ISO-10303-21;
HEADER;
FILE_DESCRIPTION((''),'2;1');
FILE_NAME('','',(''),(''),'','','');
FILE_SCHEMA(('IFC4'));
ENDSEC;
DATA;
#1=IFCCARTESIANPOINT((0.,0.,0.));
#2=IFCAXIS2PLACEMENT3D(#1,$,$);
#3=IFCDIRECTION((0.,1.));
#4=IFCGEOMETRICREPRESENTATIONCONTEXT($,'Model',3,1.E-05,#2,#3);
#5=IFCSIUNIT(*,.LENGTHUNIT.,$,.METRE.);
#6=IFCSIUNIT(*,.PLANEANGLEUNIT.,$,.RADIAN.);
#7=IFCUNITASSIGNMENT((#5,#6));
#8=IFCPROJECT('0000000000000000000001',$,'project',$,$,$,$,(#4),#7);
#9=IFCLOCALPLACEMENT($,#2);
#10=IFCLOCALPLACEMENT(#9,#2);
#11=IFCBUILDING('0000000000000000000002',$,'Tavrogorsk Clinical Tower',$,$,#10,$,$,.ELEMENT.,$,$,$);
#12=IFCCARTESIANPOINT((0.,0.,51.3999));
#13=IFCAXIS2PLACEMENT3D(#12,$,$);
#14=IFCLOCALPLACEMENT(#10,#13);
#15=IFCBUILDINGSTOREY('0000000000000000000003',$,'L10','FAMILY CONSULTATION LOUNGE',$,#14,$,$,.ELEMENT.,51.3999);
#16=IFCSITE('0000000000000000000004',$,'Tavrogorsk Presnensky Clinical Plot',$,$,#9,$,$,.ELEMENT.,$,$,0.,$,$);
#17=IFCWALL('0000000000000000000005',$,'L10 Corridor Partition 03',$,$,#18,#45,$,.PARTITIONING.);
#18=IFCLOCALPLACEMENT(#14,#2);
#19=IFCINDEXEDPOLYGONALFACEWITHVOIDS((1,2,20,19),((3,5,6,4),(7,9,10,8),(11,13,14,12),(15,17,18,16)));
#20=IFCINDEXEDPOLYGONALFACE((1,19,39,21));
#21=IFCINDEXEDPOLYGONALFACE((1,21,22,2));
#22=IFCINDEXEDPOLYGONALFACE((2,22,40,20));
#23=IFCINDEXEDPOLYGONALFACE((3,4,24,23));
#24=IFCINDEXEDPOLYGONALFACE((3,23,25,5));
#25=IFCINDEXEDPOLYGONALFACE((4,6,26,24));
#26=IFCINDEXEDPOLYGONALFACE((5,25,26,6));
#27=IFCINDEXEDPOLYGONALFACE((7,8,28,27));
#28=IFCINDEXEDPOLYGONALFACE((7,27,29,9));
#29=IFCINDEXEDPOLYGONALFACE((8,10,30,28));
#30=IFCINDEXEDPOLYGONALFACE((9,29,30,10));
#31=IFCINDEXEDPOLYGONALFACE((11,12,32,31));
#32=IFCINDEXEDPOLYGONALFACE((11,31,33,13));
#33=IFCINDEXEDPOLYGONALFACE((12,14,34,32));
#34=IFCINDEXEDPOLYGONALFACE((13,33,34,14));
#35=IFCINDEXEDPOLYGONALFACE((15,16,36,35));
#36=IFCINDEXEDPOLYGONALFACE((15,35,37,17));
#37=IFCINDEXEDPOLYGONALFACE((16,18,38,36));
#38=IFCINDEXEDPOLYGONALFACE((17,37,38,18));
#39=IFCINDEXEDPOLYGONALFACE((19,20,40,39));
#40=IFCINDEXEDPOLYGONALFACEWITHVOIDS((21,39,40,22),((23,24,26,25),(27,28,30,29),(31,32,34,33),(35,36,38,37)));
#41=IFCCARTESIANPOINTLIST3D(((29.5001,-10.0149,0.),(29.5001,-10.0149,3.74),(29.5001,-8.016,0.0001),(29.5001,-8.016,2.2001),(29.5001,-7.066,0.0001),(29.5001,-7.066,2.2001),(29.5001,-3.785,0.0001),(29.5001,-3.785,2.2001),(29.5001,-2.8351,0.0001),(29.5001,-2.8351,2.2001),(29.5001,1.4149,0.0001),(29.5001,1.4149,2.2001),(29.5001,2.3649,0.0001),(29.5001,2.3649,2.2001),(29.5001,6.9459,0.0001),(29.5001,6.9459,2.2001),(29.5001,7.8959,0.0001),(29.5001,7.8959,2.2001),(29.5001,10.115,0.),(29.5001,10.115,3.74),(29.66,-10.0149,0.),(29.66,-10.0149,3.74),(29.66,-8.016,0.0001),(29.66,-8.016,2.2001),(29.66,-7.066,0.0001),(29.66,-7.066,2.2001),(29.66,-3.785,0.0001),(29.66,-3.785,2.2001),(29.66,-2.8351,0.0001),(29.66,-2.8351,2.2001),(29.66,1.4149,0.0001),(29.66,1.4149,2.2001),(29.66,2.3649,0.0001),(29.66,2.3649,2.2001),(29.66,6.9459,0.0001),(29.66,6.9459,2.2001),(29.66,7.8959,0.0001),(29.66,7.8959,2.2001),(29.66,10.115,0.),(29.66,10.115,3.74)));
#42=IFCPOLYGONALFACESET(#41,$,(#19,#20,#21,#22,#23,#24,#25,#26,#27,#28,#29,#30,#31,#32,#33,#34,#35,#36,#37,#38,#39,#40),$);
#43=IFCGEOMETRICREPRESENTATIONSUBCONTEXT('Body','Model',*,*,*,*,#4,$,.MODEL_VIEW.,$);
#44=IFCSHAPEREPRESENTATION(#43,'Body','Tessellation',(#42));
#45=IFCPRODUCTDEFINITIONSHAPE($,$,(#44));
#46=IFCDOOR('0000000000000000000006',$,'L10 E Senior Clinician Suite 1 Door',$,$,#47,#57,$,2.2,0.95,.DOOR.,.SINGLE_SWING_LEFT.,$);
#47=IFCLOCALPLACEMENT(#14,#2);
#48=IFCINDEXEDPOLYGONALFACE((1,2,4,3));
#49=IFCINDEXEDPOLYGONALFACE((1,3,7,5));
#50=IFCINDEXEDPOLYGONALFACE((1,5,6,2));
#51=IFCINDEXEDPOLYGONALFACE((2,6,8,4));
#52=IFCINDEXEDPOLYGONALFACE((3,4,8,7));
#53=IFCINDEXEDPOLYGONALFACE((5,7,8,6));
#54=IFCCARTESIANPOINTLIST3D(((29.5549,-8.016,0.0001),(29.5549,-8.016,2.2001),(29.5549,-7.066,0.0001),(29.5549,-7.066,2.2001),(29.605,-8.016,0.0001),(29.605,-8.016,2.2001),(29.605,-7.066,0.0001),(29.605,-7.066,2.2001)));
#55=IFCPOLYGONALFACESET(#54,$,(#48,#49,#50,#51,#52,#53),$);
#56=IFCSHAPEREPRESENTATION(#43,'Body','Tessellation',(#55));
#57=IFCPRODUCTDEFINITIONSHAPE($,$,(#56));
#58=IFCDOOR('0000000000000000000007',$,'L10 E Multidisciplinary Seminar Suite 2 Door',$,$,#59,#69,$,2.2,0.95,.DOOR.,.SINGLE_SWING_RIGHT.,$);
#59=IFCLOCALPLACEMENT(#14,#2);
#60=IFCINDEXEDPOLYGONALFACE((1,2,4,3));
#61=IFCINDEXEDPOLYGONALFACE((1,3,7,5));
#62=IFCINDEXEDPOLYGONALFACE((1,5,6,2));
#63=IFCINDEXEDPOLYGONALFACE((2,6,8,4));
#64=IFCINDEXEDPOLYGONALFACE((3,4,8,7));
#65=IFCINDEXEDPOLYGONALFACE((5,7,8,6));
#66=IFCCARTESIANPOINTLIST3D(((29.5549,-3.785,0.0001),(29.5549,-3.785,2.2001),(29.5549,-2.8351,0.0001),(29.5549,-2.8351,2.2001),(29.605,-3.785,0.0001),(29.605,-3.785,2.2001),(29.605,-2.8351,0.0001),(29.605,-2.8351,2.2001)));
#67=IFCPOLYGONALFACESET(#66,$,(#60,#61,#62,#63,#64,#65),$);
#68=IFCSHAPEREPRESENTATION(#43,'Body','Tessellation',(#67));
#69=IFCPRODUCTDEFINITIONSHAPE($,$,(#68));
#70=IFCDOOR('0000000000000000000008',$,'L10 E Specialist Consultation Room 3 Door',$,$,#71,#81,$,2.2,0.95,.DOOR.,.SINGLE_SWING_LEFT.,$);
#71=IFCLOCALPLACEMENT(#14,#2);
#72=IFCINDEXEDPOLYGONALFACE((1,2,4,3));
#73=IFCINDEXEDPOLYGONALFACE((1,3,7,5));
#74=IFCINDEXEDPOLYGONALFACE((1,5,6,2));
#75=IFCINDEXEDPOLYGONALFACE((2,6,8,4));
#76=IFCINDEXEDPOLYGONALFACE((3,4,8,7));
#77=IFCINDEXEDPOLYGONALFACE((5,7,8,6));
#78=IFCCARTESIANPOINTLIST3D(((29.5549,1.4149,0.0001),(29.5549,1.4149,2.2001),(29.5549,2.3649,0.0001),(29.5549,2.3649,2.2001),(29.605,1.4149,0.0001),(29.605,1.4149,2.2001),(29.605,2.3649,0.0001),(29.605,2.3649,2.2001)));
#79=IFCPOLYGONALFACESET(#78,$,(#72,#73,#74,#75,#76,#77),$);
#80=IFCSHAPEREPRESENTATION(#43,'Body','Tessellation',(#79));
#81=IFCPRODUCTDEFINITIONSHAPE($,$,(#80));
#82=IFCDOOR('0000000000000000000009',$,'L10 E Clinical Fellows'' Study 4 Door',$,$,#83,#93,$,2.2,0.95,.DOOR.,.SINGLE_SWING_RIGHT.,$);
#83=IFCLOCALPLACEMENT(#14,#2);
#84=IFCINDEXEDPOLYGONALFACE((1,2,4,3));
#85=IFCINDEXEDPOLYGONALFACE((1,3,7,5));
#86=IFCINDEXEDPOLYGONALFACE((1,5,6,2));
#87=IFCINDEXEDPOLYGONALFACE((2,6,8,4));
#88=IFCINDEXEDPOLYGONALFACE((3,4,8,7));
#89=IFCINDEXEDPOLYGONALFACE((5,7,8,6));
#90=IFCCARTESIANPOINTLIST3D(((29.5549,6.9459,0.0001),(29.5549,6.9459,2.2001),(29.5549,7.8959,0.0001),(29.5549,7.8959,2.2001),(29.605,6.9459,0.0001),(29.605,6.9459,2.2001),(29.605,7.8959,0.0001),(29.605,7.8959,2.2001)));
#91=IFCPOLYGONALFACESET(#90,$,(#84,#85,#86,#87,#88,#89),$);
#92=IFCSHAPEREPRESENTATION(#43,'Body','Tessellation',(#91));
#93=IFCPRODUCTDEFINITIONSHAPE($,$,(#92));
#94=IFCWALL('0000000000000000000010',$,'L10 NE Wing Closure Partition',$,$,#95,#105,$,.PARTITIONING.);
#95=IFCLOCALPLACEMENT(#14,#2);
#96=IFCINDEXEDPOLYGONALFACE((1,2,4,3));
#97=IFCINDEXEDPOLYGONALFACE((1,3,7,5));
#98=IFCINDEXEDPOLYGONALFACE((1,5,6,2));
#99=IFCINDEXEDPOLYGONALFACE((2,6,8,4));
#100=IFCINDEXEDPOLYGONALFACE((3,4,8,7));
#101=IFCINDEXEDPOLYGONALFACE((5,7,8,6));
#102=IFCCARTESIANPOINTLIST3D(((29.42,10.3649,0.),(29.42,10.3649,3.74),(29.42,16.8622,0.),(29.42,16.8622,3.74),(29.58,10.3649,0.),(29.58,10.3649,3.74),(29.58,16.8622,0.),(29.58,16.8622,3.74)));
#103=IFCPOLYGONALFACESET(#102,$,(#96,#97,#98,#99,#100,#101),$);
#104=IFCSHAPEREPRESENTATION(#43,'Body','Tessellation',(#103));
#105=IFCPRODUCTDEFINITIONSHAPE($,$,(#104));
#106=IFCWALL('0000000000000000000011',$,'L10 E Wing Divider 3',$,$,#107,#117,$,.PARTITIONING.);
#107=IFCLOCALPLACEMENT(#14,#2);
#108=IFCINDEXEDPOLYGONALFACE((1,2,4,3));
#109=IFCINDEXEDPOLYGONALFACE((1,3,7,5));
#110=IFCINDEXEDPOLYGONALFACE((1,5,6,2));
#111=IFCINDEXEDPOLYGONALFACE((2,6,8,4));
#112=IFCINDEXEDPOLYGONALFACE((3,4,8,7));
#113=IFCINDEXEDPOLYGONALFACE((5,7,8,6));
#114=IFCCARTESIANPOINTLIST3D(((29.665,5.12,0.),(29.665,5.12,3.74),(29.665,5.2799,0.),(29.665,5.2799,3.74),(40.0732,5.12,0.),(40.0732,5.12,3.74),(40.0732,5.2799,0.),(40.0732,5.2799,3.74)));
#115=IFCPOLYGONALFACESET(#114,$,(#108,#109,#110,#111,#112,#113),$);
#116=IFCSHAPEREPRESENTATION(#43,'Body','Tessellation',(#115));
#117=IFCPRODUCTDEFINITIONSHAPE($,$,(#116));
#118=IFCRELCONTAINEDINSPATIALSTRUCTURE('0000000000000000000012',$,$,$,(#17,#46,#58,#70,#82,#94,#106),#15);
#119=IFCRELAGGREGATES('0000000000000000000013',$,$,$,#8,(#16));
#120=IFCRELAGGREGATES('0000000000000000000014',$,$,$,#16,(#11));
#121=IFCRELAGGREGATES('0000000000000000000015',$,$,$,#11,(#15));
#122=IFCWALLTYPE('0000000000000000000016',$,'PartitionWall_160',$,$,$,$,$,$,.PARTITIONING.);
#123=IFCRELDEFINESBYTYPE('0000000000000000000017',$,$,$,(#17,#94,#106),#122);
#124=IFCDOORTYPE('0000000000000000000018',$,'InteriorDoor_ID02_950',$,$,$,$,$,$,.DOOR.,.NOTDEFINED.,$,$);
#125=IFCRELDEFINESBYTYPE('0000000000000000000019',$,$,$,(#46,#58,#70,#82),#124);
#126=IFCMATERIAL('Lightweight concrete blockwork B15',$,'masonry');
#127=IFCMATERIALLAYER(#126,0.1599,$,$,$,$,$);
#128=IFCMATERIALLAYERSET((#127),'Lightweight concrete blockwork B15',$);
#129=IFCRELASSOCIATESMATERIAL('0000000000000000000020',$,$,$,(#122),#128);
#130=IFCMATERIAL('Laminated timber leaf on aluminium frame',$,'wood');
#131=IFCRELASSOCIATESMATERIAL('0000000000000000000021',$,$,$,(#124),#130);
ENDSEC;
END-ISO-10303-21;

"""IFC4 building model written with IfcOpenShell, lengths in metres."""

from ifc_helpers import new_model, si_unit, direction, frame, frame_2d, origin, place, context, subcontext, project, spatial, rectangle, extrude, material, layer, layer_set, type_object, element, fill, save


model = new_model("IFC4")

# Units and contexts
model_context = context("Model", 3, precision=1e-05, world=origin(), true_north=direction((0.0, 1.0)))
body_context = subcontext(model_context, "Body", "Model", "MODEL_VIEW")
ifc_project = project(units=[si_unit("LENGTHUNIT", "METRE"), si_unit("PLANEANGLEUNIT", "RADIAN")], contexts=[model_context])

# Site, building, storey
site_placement = place(None, origin())
site = spatial("IfcSite", under=ifc_project, at=site_placement, Name="Tavrogorsk Presnensky Clinical Plot", CompositionType="ELEMENT", RefElevation=0.0)
building_placement = place(site_placement, origin())
building = spatial("IfcBuilding", under=site, at=building_placement, Name="Tavrogorsk Clinical Tower", CompositionType="ELEMENT")
storey_placement = place(building_placement, frame((0.0, 0.0, 51.3999)))
storey = spatial("IfcBuildingStorey", under=building, at=storey_placement, Name="L10", Description="FAMILY CONSULTATION LOUNGE", CompositionType="ELEMENT", Elevation=51.3999)

# Shared definitions
ifc_material_1 = material(Name="Lightweight concrete blockwork B15", Category="masonry")
ifc_layer_1 = layer(ifc_material_1, 0.1599)
ifc_layer_set_1 = layer_set([ifc_layer_1], Name="Lightweight concrete blockwork B15")
wall_type_1 = type_object("IfcWallType", Name="PartitionWall_160", PredefinedType="PARTITIONING", material=ifc_layer_set_1)

# Wall, openings, doors
wall_1_placement = place(storey_placement, frame((29.5801, 10.115, 0.0), z_axis=(0.0, 0.0, 1.0), x_axis=(0.0, -1.0, 0.0)))
wall_1 = element("IfcWall", 1, at=wall_1_placement, inside=storey, type_object=wall_type_1, Name="L10 Corridor Partition 03", PredefinedType="PARTITIONING", context=body_context, shape_type="SweptSolid", body=[
    extrude(rectangle(XDim=20.1299, YDim=0.1599, at=frame_2d((10.0649, 0.0))), origin(), (0.0, 0.0, 1.0), 3.74),
])
opening_1_placement = place(wall_1_placement, frame((17.1809, 0.0, 0.0)))
opening_1 = element("IfcOpeningElement", 2, at=opening_1_placement, cuts=wall_1, PredefinedType="OPENING", context=body_context, shape_type="SweptSolid", body=[
    extrude(rectangle(XDim=0.95, YDim=2.2, at=frame_2d((0.4751, 1.1001))), frame((0.0, 0.0898, 0.0), z_axis=(0.0, -1.0, 0.0), x_axis=(1.0, 0.0, 0.0)), (0.0, 0.0, 1.0), 0.1799),
])
opening_2_placement = place(wall_1_placement, frame((12.95, 0.0, 0.0)))
opening_2 = element("IfcOpeningElement", 3, at=opening_2_placement, cuts=wall_1, PredefinedType="OPENING", context=body_context, shape_type="SweptSolid", body=[
    extrude(rectangle(XDim=0.95, YDim=2.2, at=frame_2d((0.4751, 1.1001))), frame((0.0, 0.0898, 0.0), z_axis=(0.0, -1.0, 0.0), x_axis=(1.0, 0.0, 0.0)), (0.0, 0.0, 1.0), 0.1799),
])
opening_3_placement = place(wall_1_placement, frame((7.75, 0.0, 0.0)))
opening_3 = element("IfcOpeningElement", 4, at=opening_3_placement, cuts=wall_1, PredefinedType="OPENING", context=body_context, shape_type="SweptSolid", body=[
    extrude(rectangle(XDim=0.95, YDim=2.2, at=frame_2d((0.4751, 1.1001))), frame((0.0, 0.0898, 0.0), z_axis=(0.0, -1.0, 0.0), x_axis=(1.0, 0.0, 0.0)), (0.0, 0.0, 1.0), 0.1799),
])
opening_4_placement = place(wall_1_placement, frame((2.219, 0.0, 0.0)))
opening_4 = element("IfcOpeningElement", 5, at=opening_4_placement, cuts=wall_1, PredefinedType="OPENING", context=body_context, shape_type="SweptSolid", body=[
    extrude(rectangle(XDim=0.95, YDim=2.2, at=frame_2d((0.4751, 1.1001))), frame((0.0, 0.0898, 0.0), z_axis=(0.0, -1.0, 0.0), x_axis=(1.0, 0.0, 0.0)), (0.0, 0.0, 1.0), 0.1799),
])
ifc_material_2 = material(Name="Laminated timber leaf on aluminium frame", Category="wood")
door_type = type_object("IfcDoorType", Name="InteriorDoor_ID02_950", OperationType="NOTDEFINED", PredefinedType="DOOR", material=ifc_material_2)
door_1_placement = place(opening_1_placement, origin())
door_1 = element("IfcDoor", 6, at=door_1_placement, inside=storey, type_object=door_type, Name="L10 E Senior Clinician Suite 1 Door", OperationType="SINGLE_SWING_LEFT", OverallHeight=2.2, OverallWidth=0.95, PredefinedType="DOOR", context=body_context, shape_type="SweptSolid", body=[
    extrude(rectangle(XDim=0.95, YDim=2.2, at=frame_2d((0.4751, 1.1001))), frame((0.0, 0.0249, 0.0), z_axis=(0.0, -1.0, 0.0), x_axis=(1.0, 0.0, 0.0)), (0.0, 0.0, 1.0), 0.05),
])
fill(opening_1, door_1)
door_2_placement = place(opening_2_placement, origin())
door_2 = element("IfcDoor", 7, at=door_2_placement, inside=storey, type_object=door_type, Name="L10 E Multidisciplinary Seminar Suite 2 Door", OperationType="SINGLE_SWING_RIGHT", OverallHeight=2.2, OverallWidth=0.95, PredefinedType="DOOR", context=body_context, shape_type="SweptSolid", body=[
    extrude(rectangle(XDim=0.95, YDim=2.2, at=frame_2d((0.4751, 1.1001))), frame((0.0, 0.0249, 0.0), z_axis=(0.0, -1.0, 0.0), x_axis=(1.0, 0.0, 0.0)), (0.0, 0.0, 1.0), 0.05),
])
fill(opening_2, door_2)
door_3_placement = place(opening_3_placement, origin())
door_3 = element("IfcDoor", 8, at=door_3_placement, inside=storey, type_object=door_type, Name="L10 E Specialist Consultation Room 3 Door", OperationType="SINGLE_SWING_LEFT", OverallHeight=2.2, OverallWidth=0.95, PredefinedType="DOOR", context=body_context, shape_type="SweptSolid", body=[
    extrude(rectangle(XDim=0.95, YDim=2.2, at=frame_2d((0.4751, 1.1001))), frame((0.0, 0.0249, 0.0), z_axis=(0.0, -1.0, 0.0), x_axis=(1.0, 0.0, 0.0)), (0.0, 0.0, 1.0), 0.05),
])
fill(opening_3, door_3)
door_4_placement = place(opening_4_placement, origin())
door_4 = element("IfcDoor", 9, at=door_4_placement, inside=storey, type_object=door_type, Name="L10 E Clinical Fellows' Study 4 Door", OperationType="SINGLE_SWING_RIGHT", OverallHeight=2.2, OverallWidth=0.95, PredefinedType="DOOR", context=body_context, shape_type="SweptSolid", body=[
    extrude(rectangle(XDim=0.95, YDim=2.2, at=frame_2d((0.4751, 1.1001))), frame((0.0, 0.0249, 0.0), z_axis=(0.0, -1.0, 0.0), x_axis=(1.0, 0.0, 0.0)), (0.0, 0.0, 1.0), 0.05),
])
fill(opening_4, door_4)

# Walls
wall_2_placement = place(storey_placement, frame((29.5, 10.365, 0.0), z_axis=(0.0, 0.0, 1.0), x_axis=(0.0, 1.0, 0.0)))
element("IfcWall", 10, at=wall_2_placement, inside=storey, type_object=wall_type_1, Name="L10 NE Wing Closure Partition", PredefinedType="PARTITIONING", context=body_context, shape_type="SweptSolid", body=[
    extrude(rectangle(XDim=6.4973, YDim=0.1599, at=frame_2d((3.2485, 0.0))), origin(), (0.0, 0.0, 1.0), 3.74),
])
wall_3_placement = place(storey_placement, frame((29.665, 5.2, 0.0), z_axis=(0.0, 0.0, 1.0), x_axis=(1.0, 0.0, 0.0)))
element("IfcWall", 11, at=wall_3_placement, inside=storey, type_object=wall_type_1, Name="L10 E Wing Divider 3", PredefinedType="PARTITIONING", context=body_context, shape_type="SweptSolid", body=[
    extrude(rectangle(XDim=10.4082, YDim=0.1599, at=frame_2d((5.2041, 0.0))), origin(), (0.0, 0.0, 1.0), 3.74),
])

save(model, "model.ifc")
